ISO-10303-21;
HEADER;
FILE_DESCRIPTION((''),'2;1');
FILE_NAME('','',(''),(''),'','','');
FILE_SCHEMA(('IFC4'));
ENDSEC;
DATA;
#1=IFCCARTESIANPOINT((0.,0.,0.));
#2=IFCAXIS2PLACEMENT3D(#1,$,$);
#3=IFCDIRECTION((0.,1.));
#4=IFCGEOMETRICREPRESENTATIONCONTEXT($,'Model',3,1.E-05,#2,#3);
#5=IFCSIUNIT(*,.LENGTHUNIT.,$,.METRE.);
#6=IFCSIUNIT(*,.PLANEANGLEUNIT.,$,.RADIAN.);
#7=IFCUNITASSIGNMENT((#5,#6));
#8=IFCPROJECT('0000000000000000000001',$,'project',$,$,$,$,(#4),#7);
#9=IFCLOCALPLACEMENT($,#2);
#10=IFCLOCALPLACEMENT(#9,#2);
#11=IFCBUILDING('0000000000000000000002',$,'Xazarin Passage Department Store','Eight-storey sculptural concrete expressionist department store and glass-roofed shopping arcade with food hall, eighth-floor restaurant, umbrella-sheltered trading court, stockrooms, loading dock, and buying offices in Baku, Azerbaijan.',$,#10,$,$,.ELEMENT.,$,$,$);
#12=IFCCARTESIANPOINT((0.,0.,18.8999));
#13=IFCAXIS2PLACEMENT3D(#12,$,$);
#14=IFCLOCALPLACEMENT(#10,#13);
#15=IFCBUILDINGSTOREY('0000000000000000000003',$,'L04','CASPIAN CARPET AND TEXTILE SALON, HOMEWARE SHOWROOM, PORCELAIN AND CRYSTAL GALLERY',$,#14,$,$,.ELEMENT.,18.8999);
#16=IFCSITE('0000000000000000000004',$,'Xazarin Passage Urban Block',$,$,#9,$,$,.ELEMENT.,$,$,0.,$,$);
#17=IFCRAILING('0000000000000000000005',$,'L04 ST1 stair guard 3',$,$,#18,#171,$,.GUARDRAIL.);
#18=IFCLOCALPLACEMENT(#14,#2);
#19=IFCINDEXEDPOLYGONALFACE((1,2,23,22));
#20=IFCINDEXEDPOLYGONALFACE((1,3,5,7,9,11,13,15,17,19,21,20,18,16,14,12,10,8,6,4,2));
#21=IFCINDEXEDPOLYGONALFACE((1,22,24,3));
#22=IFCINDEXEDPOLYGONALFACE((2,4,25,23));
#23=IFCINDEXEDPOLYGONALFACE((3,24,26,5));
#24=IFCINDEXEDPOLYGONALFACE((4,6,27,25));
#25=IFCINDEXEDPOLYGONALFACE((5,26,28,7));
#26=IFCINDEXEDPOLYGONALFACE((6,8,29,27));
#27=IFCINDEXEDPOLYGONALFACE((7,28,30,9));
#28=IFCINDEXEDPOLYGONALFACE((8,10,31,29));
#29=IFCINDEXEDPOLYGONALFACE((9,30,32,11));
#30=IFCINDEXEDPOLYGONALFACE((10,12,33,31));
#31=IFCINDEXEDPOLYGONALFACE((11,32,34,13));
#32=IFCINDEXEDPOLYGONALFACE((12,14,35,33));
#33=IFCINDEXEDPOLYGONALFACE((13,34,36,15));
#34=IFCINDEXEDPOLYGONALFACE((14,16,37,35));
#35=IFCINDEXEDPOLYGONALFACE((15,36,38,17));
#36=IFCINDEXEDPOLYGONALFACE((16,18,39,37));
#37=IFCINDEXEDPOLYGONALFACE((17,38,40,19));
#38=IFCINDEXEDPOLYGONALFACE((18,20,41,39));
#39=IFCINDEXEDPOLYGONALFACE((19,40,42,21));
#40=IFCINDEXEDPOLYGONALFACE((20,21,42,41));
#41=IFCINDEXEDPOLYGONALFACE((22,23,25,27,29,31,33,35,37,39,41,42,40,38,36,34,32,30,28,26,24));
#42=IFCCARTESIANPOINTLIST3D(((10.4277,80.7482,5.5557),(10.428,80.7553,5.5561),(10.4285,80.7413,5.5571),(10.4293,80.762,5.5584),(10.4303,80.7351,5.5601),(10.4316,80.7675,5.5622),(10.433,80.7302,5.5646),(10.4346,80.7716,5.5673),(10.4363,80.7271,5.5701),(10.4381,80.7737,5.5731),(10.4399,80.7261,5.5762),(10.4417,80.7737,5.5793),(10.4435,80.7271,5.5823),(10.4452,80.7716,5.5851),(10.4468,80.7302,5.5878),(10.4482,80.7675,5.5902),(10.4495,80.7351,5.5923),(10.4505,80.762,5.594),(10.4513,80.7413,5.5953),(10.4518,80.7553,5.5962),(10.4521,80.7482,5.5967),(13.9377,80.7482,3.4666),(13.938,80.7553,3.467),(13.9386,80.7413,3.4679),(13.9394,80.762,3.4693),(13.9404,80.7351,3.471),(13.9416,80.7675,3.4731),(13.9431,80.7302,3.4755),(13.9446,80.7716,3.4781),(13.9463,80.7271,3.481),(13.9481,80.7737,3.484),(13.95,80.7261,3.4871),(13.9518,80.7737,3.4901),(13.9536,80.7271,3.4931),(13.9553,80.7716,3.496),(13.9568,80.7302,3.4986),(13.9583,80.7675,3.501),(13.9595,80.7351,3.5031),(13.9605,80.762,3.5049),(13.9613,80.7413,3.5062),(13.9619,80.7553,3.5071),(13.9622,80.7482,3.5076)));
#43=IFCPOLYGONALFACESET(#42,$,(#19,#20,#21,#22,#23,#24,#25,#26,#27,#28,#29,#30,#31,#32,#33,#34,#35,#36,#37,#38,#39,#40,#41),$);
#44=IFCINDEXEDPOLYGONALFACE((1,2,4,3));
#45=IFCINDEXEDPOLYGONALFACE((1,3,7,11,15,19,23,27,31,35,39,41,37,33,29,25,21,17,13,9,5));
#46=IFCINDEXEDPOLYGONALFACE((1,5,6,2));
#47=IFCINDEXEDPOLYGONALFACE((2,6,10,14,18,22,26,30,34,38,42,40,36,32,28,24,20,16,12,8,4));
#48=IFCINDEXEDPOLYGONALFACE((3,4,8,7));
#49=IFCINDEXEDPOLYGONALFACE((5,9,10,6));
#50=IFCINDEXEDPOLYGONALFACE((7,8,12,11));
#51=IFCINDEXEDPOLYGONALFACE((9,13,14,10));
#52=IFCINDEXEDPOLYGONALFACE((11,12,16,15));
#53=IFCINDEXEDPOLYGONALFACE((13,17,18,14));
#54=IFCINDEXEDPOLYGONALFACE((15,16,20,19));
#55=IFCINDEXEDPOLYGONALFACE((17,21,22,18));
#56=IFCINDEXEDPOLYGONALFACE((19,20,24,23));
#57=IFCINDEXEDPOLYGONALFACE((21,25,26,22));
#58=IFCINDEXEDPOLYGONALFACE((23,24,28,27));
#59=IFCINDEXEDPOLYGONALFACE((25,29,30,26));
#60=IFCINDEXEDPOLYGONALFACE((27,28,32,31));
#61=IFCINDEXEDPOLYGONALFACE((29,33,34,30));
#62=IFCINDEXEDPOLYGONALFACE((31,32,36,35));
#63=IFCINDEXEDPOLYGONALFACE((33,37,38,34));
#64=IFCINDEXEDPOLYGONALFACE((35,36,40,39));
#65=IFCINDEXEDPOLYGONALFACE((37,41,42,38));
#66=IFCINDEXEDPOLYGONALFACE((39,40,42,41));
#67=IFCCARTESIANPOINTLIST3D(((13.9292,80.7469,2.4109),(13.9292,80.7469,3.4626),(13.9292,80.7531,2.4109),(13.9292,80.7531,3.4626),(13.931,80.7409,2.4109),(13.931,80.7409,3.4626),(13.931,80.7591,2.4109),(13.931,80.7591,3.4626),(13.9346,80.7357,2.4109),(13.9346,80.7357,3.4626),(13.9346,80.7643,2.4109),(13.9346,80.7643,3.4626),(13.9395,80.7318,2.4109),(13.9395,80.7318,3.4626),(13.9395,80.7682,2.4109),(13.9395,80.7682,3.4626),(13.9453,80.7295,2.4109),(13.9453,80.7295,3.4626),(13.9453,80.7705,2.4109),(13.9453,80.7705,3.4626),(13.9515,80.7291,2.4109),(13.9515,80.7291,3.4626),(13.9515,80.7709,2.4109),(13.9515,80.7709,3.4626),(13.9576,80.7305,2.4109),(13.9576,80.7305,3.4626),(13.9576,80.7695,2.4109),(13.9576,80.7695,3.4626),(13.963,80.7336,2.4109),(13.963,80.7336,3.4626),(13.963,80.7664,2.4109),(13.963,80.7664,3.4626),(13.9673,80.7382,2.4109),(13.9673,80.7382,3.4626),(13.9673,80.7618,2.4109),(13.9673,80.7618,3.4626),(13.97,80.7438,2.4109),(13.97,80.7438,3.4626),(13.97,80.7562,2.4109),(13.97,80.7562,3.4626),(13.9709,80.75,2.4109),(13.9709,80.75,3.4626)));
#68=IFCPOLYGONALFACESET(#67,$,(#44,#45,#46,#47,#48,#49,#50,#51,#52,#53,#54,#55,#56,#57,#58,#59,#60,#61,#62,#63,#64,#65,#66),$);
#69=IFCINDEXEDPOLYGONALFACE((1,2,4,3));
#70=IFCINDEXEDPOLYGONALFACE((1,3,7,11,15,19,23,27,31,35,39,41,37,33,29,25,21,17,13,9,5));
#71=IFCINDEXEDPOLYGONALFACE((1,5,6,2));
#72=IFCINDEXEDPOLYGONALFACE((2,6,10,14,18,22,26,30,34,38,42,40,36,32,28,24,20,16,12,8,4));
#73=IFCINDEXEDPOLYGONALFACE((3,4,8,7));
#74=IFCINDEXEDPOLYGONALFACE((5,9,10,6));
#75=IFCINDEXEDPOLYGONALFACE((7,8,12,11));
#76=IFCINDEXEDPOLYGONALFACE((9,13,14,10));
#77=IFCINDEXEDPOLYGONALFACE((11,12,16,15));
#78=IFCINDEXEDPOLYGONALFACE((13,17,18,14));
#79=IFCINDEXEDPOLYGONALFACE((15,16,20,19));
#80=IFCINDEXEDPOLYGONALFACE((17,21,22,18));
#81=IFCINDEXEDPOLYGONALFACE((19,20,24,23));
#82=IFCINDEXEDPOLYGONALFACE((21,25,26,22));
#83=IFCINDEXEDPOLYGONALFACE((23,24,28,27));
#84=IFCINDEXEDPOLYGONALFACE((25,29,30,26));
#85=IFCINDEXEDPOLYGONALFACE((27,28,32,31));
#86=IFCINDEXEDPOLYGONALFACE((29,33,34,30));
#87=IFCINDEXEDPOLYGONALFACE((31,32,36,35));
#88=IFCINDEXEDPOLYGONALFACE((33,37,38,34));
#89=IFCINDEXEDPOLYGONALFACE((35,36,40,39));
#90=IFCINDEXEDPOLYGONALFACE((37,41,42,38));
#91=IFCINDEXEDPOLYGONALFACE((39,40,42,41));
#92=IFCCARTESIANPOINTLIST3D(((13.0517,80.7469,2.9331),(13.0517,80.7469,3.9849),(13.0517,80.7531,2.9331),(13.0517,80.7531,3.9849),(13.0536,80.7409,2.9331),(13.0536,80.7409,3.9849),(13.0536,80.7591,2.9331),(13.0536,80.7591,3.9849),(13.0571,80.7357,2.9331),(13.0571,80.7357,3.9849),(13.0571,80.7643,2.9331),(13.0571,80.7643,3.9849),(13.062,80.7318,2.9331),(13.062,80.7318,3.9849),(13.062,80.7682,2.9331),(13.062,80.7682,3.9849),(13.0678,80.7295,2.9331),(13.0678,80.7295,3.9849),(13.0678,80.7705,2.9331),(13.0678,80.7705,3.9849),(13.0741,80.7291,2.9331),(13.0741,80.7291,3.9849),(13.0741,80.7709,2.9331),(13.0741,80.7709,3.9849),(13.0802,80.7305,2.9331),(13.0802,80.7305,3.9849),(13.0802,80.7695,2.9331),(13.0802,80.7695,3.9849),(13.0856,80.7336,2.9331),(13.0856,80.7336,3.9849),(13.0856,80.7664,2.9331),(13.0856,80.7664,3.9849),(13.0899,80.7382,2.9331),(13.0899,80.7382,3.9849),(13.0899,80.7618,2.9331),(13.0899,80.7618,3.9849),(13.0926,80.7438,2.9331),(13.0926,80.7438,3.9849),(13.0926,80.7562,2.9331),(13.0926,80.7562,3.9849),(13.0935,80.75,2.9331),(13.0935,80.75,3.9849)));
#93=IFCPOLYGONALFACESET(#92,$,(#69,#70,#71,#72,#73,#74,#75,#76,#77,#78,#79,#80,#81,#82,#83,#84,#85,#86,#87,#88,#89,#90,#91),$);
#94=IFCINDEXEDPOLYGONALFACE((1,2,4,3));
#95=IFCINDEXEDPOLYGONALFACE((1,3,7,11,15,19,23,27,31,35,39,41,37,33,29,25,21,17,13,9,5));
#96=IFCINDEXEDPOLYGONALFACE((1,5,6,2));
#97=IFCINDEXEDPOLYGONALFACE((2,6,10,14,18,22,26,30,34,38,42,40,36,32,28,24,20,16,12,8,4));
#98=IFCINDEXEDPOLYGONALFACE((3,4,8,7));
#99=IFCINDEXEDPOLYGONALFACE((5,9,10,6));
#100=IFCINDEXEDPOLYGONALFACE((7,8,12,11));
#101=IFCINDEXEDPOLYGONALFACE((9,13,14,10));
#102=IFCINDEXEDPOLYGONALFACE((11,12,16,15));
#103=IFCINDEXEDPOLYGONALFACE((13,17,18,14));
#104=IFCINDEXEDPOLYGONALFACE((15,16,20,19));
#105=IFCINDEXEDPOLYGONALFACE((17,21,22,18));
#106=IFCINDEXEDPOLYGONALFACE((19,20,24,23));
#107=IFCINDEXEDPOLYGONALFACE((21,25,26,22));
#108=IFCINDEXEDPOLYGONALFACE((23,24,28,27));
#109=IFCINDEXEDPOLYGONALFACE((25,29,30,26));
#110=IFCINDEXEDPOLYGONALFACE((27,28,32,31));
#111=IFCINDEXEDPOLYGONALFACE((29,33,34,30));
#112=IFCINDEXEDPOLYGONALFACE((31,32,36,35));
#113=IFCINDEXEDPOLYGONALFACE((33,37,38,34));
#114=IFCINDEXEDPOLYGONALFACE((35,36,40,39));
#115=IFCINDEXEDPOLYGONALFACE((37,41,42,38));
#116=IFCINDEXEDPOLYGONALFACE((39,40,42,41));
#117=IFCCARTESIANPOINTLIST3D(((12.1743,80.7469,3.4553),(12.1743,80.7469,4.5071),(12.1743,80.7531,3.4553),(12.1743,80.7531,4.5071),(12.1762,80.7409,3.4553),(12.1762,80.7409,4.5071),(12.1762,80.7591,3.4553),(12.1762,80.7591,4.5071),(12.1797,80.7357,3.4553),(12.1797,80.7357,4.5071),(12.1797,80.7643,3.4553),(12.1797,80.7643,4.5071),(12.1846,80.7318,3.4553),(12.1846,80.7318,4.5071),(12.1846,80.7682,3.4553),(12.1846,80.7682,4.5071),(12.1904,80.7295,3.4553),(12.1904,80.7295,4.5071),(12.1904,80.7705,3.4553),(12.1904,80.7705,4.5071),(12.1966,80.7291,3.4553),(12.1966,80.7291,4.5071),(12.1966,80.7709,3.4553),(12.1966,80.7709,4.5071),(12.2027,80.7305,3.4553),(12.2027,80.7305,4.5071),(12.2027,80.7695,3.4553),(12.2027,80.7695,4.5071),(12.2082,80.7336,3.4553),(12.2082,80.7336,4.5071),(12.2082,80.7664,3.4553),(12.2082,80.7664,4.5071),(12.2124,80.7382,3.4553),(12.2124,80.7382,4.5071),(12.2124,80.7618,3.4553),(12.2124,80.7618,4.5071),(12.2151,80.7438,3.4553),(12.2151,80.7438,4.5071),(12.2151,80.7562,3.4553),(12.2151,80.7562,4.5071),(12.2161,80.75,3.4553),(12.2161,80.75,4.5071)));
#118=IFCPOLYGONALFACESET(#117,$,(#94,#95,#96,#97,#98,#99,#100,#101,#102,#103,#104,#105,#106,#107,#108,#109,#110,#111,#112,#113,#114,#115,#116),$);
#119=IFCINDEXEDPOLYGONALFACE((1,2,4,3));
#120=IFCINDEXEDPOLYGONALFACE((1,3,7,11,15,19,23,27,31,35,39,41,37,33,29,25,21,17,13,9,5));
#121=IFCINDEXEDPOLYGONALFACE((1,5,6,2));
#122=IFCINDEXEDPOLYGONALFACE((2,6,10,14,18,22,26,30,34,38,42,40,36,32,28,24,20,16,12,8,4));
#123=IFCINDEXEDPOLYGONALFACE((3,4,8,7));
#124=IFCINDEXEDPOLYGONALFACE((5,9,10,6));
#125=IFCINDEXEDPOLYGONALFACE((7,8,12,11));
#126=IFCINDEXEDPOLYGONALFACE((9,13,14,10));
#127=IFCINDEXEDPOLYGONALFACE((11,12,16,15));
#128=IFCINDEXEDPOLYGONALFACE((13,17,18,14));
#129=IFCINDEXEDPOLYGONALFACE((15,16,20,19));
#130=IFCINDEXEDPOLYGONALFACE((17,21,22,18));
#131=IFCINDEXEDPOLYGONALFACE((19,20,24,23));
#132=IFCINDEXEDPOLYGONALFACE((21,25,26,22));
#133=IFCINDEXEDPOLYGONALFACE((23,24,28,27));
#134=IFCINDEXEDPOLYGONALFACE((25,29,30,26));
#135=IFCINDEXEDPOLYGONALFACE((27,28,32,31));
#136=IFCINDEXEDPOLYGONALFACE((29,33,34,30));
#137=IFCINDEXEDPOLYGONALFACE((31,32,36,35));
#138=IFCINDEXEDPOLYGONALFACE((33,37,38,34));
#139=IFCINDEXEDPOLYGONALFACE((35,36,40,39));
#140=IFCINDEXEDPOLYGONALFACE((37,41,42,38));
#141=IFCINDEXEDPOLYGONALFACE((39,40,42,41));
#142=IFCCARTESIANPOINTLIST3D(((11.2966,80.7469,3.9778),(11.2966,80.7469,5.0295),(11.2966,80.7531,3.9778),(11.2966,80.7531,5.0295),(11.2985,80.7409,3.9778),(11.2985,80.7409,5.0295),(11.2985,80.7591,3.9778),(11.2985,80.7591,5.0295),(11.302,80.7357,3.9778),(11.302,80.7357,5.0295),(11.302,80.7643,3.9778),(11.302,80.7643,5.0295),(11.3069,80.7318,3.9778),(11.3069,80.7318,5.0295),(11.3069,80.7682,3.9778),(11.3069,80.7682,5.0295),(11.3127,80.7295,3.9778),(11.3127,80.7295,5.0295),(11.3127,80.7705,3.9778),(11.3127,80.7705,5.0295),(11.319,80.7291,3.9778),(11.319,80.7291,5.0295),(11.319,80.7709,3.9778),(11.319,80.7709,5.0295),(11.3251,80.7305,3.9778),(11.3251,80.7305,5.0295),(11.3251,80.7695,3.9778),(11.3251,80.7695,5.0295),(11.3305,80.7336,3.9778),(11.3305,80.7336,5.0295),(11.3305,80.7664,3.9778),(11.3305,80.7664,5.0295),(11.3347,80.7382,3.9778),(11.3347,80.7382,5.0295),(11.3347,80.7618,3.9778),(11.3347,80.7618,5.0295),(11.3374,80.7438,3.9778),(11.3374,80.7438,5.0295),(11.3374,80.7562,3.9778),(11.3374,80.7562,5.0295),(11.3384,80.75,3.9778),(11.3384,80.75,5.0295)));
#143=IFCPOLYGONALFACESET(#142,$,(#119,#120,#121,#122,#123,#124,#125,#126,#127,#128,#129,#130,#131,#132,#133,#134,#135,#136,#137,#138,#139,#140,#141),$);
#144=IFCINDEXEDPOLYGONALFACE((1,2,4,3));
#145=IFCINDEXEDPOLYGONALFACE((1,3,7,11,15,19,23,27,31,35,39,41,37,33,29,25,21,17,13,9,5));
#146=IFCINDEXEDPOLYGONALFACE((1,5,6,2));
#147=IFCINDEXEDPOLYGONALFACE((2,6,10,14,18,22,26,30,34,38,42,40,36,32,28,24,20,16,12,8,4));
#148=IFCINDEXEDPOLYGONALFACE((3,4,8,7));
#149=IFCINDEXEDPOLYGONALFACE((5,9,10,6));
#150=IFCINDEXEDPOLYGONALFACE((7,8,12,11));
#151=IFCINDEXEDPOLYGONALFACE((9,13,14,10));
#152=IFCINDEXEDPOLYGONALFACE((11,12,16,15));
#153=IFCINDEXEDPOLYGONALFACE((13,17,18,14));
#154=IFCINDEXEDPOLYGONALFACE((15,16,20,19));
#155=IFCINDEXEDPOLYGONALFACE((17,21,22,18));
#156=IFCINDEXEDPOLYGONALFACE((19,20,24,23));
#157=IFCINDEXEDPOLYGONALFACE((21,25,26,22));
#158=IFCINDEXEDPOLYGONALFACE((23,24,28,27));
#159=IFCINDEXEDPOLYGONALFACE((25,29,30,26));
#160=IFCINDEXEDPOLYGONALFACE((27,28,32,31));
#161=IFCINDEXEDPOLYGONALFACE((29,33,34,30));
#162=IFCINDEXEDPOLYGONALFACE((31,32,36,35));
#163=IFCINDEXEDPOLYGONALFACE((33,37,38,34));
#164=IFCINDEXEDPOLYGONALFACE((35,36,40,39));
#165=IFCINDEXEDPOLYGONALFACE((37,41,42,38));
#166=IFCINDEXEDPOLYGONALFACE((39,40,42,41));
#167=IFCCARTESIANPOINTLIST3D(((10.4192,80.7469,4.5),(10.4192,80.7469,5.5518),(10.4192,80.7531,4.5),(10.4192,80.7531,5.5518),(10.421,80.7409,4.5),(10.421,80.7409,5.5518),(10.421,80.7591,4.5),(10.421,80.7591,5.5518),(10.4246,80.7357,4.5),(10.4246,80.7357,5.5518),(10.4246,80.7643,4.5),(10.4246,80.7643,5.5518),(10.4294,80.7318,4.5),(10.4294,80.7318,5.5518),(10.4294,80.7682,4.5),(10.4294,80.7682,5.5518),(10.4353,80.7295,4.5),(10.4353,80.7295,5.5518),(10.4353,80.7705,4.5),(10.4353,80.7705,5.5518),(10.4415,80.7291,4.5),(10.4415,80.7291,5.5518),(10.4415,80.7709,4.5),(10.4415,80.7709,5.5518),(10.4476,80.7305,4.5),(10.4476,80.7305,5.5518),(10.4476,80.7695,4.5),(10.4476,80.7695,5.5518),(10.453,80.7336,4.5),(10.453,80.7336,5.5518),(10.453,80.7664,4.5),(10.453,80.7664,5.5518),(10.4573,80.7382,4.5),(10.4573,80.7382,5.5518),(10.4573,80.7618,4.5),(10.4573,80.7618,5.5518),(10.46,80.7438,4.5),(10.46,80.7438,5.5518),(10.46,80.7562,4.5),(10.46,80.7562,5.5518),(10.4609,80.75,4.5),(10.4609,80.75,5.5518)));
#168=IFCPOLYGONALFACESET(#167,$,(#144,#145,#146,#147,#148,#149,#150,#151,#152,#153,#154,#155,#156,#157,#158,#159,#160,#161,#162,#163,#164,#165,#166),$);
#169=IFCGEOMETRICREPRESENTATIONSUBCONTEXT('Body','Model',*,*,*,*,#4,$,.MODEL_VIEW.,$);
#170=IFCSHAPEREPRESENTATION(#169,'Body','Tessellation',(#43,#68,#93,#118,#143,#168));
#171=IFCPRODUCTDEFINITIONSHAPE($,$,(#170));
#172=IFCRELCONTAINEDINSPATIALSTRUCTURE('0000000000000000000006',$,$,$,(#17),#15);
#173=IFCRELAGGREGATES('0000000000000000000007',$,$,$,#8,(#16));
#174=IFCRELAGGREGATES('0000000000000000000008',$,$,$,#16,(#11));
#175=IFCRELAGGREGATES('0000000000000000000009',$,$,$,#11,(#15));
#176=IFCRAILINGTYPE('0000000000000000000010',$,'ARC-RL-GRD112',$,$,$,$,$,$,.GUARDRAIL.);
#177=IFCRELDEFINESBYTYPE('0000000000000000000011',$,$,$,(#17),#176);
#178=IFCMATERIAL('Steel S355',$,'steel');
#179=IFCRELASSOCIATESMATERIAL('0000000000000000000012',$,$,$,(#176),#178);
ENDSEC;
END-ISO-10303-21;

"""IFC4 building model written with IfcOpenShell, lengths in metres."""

from ifc_helpers import new_model, si_unit, direction, frame, origin, origin_2d, place, context, subcontext, project, spatial, circle, extrude, material, type_object, element, save


model = new_model("IFC4")

# Units and contexts
model_context = context("Model", 3, precision=1e-05, world=origin(), true_north=direction((0.0, 1.0)))
body_context = subcontext(model_context, "Body", "Model", "MODEL_VIEW")
ifc_project = project(units=[si_unit("LENGTHUNIT", "METRE"), si_unit("PLANEANGLEUNIT", "RADIAN")], contexts=[model_context])

# Site, building, storey
site_placement = place(None, origin())
site = spatial("IfcSite", under=ifc_project, at=site_placement, Name="Xazarin Passage Urban Block", CompositionType="ELEMENT", RefElevation=0.0)
building_placement = place(site_placement, origin())
building = spatial("IfcBuilding", under=site, at=building_placement, Name="Xazarin Passage Department Store", Description="Eight-storey sculptural concrete expressionist department store and glass-roofed shopping arcade with food hall, eighth-floor restaurant, umbrella-sheltered trading court, stockrooms, loading dock, and buying offices in Baku, Azerbaijan.", CompositionType="ELEMENT")
storey_placement = place(building_placement, frame((0.0, 0.0, 18.8999)))
storey = spatial("IfcBuildingStorey", under=building, at=storey_placement, Name="L04", Description="CASPIAN CARPET AND TEXTILE SALON, HOMEWARE SHOWROOM, PORCELAIN AND CRYSTAL GALLERY", CompositionType="ELEMENT", Elevation=18.8999)

# Shared definitions
ifc_material_1 = material(Name="Steel S355", Category="steel")

# Railing
railing_type_1 = type_object("IfcRailingType", Name="ARC-RL-GRD112", PredefinedType="GUARDRAIL", material=ifc_material_1)
railing_1_placement = place(storey_placement, frame((13.95, 80.75, 2.4109)))
element("IfcRailing", 1, at=railing_1_placement, inside=storey, type_object=railing_type_1, Name="L04 ST1 stair guard 3", PredefinedType="GUARDRAIL", context=body_context, shape_type="SweptSolid", body=[
    extrude(circle(Radius=0.0239, at=origin_2d()), frame((0.0, 0.0, 1.0762), z_axis=(-0.859312, 0.0, 0.511451), x_axis=(0.0, -1.0, 0.0)), (0.0, 0.0, 1.0), 4.0847),
    extrude(circle(Radius=0.021, at=origin_2d()), origin(), (0.0, 0.0, 1.0), 1.0518),
    extrude(circle(Radius=0.021, at=origin_2d()), frame((-0.8774, 0.0, 0.5222)), (0.0, 0.0, 1.0), 1.0518),
    extrude(circle(Radius=0.021, at=origin_2d()), frame((-1.7549, 0.0, 1.0444)), (0.0, 0.0, 1.0), 1.0518),
    extrude(circle(Radius=0.021, at=origin_2d()), frame((-2.6326, 0.0, 1.5669)), (0.0, 0.0, 1.0), 1.0518),
    extrude(circle(Radius=0.021, at=origin_2d()), frame((-3.51, 0.0, 2.0891)), (0.0, 0.0, 1.0), 1.0518),
])

save(model, "model.ifc")
